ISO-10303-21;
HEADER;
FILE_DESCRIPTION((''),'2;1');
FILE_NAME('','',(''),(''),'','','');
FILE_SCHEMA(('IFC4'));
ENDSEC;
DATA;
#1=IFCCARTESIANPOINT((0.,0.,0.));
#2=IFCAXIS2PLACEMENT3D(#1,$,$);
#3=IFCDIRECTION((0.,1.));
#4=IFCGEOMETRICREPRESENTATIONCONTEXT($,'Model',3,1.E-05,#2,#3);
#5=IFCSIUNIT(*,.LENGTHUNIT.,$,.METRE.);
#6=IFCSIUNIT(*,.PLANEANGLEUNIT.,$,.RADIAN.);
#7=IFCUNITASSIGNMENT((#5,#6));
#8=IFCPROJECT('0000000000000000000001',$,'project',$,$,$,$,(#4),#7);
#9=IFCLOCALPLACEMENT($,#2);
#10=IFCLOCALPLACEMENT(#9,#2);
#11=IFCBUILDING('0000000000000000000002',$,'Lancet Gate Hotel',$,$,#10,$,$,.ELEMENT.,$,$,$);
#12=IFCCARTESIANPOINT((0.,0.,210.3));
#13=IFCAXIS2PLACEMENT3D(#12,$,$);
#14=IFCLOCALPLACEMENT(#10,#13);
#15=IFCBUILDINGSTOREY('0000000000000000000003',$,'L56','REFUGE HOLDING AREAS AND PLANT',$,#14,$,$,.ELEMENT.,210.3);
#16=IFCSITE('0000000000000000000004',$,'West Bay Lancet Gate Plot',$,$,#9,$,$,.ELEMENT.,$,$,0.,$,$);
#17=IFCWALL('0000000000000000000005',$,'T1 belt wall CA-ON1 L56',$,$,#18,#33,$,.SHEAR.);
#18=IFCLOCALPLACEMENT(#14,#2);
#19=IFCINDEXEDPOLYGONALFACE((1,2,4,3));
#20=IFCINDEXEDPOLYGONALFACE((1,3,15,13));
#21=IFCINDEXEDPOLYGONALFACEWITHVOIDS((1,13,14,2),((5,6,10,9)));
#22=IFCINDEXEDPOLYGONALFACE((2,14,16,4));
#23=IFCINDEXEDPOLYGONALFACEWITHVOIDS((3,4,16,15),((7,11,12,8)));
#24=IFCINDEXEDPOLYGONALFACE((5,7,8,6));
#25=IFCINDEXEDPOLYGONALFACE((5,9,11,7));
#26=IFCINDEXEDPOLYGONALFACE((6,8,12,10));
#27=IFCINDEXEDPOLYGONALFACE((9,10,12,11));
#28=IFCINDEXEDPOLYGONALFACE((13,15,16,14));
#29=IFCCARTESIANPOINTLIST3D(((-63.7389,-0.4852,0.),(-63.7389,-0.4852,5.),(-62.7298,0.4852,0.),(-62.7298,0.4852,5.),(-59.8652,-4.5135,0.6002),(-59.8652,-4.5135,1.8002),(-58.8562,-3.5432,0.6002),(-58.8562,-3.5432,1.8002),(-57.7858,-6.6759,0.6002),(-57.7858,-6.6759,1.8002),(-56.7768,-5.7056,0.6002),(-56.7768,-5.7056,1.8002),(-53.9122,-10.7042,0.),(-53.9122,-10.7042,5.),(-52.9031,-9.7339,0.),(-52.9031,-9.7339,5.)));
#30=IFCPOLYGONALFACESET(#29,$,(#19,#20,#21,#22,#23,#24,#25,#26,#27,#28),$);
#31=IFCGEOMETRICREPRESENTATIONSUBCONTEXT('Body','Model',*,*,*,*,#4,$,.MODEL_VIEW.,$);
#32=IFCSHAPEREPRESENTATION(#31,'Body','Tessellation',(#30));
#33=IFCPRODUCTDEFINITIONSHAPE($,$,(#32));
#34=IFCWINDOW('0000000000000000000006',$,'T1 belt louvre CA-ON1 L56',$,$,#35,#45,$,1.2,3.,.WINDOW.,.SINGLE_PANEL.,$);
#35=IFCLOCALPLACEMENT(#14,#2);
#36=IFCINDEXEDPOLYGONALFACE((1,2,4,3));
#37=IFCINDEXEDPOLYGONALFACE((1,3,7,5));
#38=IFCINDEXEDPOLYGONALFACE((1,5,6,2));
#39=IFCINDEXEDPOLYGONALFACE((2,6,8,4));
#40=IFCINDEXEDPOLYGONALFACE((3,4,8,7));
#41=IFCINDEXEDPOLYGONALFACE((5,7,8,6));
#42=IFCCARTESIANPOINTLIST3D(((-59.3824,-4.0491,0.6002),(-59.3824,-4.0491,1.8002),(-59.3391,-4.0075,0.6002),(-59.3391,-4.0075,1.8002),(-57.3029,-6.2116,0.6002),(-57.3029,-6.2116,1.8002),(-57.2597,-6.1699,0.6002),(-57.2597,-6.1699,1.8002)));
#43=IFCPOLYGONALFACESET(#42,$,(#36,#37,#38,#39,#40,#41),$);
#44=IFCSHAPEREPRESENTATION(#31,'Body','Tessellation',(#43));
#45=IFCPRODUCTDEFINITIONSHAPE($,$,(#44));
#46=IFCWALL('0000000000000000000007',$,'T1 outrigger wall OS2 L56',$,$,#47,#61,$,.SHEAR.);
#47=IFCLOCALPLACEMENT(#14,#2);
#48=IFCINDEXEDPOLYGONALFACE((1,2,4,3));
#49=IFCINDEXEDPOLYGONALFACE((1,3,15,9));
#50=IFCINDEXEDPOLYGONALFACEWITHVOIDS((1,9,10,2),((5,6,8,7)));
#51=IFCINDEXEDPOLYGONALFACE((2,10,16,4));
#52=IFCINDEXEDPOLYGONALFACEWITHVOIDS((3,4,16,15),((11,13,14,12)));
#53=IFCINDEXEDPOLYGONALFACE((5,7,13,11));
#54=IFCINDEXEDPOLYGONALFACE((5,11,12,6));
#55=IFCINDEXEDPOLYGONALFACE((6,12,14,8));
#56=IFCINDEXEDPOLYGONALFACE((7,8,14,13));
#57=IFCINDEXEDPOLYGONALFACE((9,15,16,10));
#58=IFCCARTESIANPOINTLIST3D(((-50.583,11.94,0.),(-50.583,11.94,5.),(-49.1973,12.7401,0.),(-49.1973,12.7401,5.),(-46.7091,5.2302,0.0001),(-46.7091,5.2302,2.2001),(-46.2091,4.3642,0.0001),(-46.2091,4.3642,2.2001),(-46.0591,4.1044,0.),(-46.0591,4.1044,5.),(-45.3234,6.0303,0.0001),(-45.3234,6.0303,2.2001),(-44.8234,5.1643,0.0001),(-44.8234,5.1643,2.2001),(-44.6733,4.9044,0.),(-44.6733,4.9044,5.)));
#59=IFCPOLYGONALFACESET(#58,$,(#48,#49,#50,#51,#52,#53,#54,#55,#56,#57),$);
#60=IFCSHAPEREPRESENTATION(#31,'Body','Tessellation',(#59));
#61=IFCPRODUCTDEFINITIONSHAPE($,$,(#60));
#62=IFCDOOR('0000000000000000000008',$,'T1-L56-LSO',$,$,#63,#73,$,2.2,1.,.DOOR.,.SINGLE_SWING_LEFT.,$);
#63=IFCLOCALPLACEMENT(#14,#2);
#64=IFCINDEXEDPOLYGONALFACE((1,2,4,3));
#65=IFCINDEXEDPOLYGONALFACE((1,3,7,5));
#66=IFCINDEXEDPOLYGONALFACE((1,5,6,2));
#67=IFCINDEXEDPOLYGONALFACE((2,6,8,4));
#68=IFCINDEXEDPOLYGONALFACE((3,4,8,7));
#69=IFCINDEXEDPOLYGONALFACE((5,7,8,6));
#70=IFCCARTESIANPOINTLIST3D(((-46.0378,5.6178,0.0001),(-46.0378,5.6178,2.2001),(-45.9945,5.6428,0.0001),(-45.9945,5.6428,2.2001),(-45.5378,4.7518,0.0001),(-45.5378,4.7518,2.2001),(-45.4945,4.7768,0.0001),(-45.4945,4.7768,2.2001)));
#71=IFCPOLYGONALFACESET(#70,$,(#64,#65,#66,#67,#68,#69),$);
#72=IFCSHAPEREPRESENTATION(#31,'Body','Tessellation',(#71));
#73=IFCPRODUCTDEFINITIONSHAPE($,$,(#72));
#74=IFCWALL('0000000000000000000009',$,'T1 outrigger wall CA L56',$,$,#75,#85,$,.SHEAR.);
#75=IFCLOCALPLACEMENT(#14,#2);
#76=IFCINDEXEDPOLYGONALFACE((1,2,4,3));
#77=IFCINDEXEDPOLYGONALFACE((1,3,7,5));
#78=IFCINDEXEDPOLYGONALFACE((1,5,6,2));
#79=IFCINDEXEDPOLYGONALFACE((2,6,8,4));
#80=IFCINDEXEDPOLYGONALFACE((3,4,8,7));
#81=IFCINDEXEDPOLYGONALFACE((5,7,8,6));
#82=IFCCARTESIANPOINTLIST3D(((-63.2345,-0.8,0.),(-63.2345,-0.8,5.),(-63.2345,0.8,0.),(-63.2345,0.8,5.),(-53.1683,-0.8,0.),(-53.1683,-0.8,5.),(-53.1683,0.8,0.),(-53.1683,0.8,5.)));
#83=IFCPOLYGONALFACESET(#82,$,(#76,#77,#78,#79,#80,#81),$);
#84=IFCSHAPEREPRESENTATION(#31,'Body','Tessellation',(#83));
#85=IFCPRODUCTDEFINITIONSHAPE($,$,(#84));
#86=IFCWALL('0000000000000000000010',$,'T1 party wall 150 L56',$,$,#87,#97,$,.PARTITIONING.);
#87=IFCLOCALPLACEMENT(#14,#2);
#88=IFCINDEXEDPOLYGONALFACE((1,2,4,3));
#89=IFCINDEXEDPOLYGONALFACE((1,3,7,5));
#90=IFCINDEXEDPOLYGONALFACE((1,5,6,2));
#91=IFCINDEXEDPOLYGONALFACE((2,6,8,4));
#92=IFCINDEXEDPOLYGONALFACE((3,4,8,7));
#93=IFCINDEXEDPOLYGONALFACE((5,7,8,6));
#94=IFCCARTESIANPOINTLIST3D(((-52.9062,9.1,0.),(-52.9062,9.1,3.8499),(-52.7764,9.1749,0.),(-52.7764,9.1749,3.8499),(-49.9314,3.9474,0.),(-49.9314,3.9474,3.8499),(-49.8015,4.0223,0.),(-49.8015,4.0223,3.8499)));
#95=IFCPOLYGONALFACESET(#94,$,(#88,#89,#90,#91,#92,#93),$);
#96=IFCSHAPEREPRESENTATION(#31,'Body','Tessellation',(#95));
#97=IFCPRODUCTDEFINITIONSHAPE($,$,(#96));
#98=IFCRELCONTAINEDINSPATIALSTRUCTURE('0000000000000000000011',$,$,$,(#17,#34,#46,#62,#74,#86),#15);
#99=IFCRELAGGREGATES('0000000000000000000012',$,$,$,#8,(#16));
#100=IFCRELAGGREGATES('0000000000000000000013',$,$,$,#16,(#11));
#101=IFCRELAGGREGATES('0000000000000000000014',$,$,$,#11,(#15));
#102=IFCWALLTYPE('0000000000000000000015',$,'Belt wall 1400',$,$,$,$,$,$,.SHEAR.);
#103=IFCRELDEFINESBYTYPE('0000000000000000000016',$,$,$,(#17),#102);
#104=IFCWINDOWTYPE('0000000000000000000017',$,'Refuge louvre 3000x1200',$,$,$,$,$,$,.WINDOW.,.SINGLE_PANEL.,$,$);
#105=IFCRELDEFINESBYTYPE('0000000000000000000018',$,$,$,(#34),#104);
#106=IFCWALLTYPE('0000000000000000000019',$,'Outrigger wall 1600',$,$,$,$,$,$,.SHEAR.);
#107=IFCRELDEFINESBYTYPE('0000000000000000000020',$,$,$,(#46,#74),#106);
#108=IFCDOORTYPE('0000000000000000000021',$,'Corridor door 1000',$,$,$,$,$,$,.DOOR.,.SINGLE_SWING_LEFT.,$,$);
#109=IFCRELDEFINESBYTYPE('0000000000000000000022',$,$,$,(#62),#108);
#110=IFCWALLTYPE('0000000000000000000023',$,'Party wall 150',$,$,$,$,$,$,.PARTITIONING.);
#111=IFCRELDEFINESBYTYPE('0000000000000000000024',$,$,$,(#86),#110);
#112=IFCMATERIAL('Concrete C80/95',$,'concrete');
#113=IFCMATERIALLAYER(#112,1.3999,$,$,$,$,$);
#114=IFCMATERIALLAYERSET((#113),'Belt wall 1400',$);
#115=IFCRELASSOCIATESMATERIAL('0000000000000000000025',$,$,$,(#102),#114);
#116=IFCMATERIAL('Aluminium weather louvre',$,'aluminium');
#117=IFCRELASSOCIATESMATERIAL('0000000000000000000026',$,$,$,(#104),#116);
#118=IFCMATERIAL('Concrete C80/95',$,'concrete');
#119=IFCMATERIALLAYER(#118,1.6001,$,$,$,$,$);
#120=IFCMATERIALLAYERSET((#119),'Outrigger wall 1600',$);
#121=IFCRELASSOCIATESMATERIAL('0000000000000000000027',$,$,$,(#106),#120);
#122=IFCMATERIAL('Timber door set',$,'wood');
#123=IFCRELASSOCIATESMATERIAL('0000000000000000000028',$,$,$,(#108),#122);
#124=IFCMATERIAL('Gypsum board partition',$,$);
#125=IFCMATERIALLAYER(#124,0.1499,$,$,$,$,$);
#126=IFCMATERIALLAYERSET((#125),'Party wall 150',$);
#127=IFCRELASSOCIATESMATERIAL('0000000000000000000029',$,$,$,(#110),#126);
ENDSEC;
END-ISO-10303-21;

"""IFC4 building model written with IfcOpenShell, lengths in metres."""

from ifc_helpers import new_model, si_unit, direction, frame, frame_2d, origin, place, context, subcontext, project, spatial, rectangle, extrude, material, layer, layer_set, type_object, element, fill, save


model = new_model("IFC4")

# Units and contexts
model_context = context("Model", 3, precision=1e-05, world=origin(), true_north=direction((0.0, 1.0)))
body_context = subcontext(model_context, "Body", "Model", "MODEL_VIEW")
ifc_project = project(units=[si_unit("LENGTHUNIT", "METRE"), si_unit("PLANEANGLEUNIT", "RADIAN")], contexts=[model_context])

# Site, building, storey
site_placement = place(None, origin())
site = spatial("IfcSite", under=ifc_project, at=site_placement, Name="West Bay Lancet Gate Plot", CompositionType="ELEMENT", RefElevation=0.0)
building_placement = place(site_placement, origin())
building = spatial("IfcBuilding", under=site, at=building_placement, Name="Lancet Gate Hotel", CompositionType="ELEMENT")
storey_placement = place(building_placement, frame((0.0, 0.0, 210.3)))
storey = spatial("IfcBuildingStorey", under=building, at=storey_placement, Name="L56", Description="REFUGE HOLDING AREAS AND PLANT", CompositionType="ELEMENT", Elevation=210.3)

# Shared definitions
ifc_material_1 = material(Name="Concrete C80/95", Category="concrete")
ifc_layer_1 = layer(ifc_material_1, 1.3999)
ifc_layer_set_1 = layer_set([ifc_layer_1], Name="Belt wall 1400")
wall_type_1 = type_object("IfcWallType", Name="Belt wall 1400", PredefinedType="SHEAR", material=ifc_layer_set_1)

# Wall, opening, window
ifc_material_2 = material(Name="Aluminium weather louvre", Category="aluminium")
window_type = type_object("IfcWindowType", Name="Refuge louvre 3000x1200", PartitioningType="SINGLE_PANEL", PredefinedType="WINDOW", material=ifc_material_2)
wall_1_placement = place(storey_placement, frame((-63.2344, 0.0, 0.0), z_axis=(0.0, 0.0, 1.0), x_axis=(0.693135, -0.720808, 0.0)))
wall_1 = element("IfcWall", 1, at=wall_1_placement, inside=storey, type_object=wall_type_1, Name="T1 belt wall CA-ON1 L56", PredefinedType="SHEAR", context=body_context, shape_type="SweptSolid", body=[
    extrude(rectangle(XDim=14.1772, YDim=1.3999, at=frame_2d((7.0886, 0.0))), origin(), (0.0, 0.0, 1.0), 5.0),
])
opening_1_placement = place(wall_1_placement, frame((5.5886, 0.0, 0.6001)))
opening_1 = element("IfcOpeningElement", 2, at=opening_1_placement, cuts=wall_1, PredefinedType="OPENING", context=body_context, shape_type="SweptSolid", body=[
    extrude(rectangle(XDim=3.0, YDim=1.2, at=frame_2d((1.5, 0.6001))), frame((0.0, 0.71, 0.0), z_axis=(0.0, -1.0, 0.0), x_axis=(1.0, 0.0, 0.0)), (0.0, 0.0, 1.0), 1.4199),
])
window_1_placement = place(opening_1_placement, origin())
window_1 = element("IfcWindow", 3, at=window_1_placement, inside=storey, type_object=window_type, Name="T1 belt louvre CA-ON1 L56", OverallHeight=1.2, OverallWidth=3.0, PartitioningType="SINGLE_PANEL", PredefinedType="WINDOW", context=body_context, shape_type="SweptSolid", body=[
    extrude(rectangle(XDim=3.0, YDim=1.2, at=frame_2d((1.5, 0.6001))), frame((0.0, 0.03, 0.0), z_axis=(0.0, -1.0, 0.0), x_axis=(1.0, 0.0, 0.0)), (0.0, 0.0, 1.0), 0.0601),
])
fill(opening_1, window_1)

# Wall, opening, door
ifc_material_3 = material(Name="Concrete C80/95", Category="concrete")
ifc_layer_2 = layer(ifc_material_3, 1.6001)
ifc_layer_set_2 = layer_set([ifc_layer_2], Name="Outrigger wall 1600")
wall_type_2 = type_object("IfcWallType", Name="Outrigger wall 1600", PredefinedType="SHEAR", material=ifc_layer_set_2)
wall_2_placement = place(storey_placement, frame((-45.3662, 4.5044, 0.0), z_axis=(0.0, 0.0, 1.0), x_axis=(-0.499999, 0.866026, 0.0)))
wall_2 = element("IfcWall", 4, at=wall_2_placement, inside=storey, type_object=wall_type_2, Name="T1 outrigger wall OS2 L56", PredefinedType="SHEAR", context=body_context, shape_type="SweptSolid", body=[
    extrude(rectangle(XDim=9.0479, YDim=1.6001, at=frame_2d((4.5239, 0.0))), origin(), (0.0, 0.0, 1.0), 5.0),
])
opening_2_placement = place(wall_2_placement, frame((0.3, 0.0, 0.0)))
opening_2 = element("IfcOpeningElement", 5, at=opening_2_placement, cuts=wall_2, PredefinedType="OPENING", context=body_context, shape_type="SweptSolid", body=[
    extrude(rectangle(XDim=1.0, YDim=2.2, at=frame_2d((0.5, 1.1001))), frame((0.0, 0.8101, 0.0), z_axis=(0.0, -1.0, 0.0), x_axis=(1.0, 0.0, 0.0)), (0.0, 0.0, 1.0), 1.6201),
])
ifc_material_4 = material(Name="Timber door set", Category="wood")
door_type = type_object("IfcDoorType", Name="Corridor door 1000", OperationType="SINGLE_SWING_LEFT", PredefinedType="DOOR", material=ifc_material_4)
door_placement = place(opening_2_placement, origin())
door = element("IfcDoor", 6, at=door_placement, inside=storey, type_object=door_type, Name="T1-L56-LSO", OperationType="SINGLE_SWING_LEFT", OverallHeight=2.2, OverallWidth=1.0, PredefinedType="DOOR", context=body_context, shape_type="SweptSolid", body=[
    extrude(rectangle(XDim=1.0, YDim=2.2, at=frame_2d((0.5, 1.1001))), frame((0.0, 0.0249, 0.0), z_axis=(0.0, -1.0, 0.0), x_axis=(1.0, 0.0, 0.0)), (0.0, 0.0, 1.0), 0.05),
])
fill(opening_2, door)

# Walls
wall_3_placement = place(storey_placement, frame((-53.1682, 0.0, 0.0), z_axis=(0.0, 0.0, 1.0), x_axis=(-1.0, 0.0, 0.0)))
element("IfcWall", 7, at=wall_3_placement, inside=storey, type_object=wall_type_2, Name="T1 outrigger wall CA L56", PredefinedType="SHEAR", context=body_context, shape_type="SweptSolid", body=[
    extrude(rectangle(XDim=10.0662, YDim=1.6001, at=frame_2d((5.0332, 0.0))), origin(), (0.0, 0.0, 1.0), 5.0),
])
ifc_material_5 = material(Name="Gypsum board partition")
ifc_layer_3 = layer(ifc_material_5, 0.1499)
ifc_layer_set_3 = layer_set([ifc_layer_3], Name="Party wall 150")
wall_type_3 = type_object("IfcWallType", Name="Party wall 150", PredefinedType="PARTITIONING", material=ifc_layer_set_3)
wall_4_placement = place(storey_placement, frame((-49.8665, 3.9849, 0.0), z_axis=(0.0, 0.0, 1.0), x_axis=(-0.500001, 0.866025, 0.0)))
element("IfcWall", 8, at=wall_4_placement, inside=storey, type_object=wall_type_3, Name="T1 party wall 150 L56", PredefinedType="PARTITIONING", context=body_context, shape_type="SweptSolid", body=[
    extrude(rectangle(XDim=5.9497, YDim=0.1499, at=frame_2d((2.9749, 0.0))), origin(), (0.0, 0.0, 1.0), 3.8499),
])

save(model, "model.ifc")
